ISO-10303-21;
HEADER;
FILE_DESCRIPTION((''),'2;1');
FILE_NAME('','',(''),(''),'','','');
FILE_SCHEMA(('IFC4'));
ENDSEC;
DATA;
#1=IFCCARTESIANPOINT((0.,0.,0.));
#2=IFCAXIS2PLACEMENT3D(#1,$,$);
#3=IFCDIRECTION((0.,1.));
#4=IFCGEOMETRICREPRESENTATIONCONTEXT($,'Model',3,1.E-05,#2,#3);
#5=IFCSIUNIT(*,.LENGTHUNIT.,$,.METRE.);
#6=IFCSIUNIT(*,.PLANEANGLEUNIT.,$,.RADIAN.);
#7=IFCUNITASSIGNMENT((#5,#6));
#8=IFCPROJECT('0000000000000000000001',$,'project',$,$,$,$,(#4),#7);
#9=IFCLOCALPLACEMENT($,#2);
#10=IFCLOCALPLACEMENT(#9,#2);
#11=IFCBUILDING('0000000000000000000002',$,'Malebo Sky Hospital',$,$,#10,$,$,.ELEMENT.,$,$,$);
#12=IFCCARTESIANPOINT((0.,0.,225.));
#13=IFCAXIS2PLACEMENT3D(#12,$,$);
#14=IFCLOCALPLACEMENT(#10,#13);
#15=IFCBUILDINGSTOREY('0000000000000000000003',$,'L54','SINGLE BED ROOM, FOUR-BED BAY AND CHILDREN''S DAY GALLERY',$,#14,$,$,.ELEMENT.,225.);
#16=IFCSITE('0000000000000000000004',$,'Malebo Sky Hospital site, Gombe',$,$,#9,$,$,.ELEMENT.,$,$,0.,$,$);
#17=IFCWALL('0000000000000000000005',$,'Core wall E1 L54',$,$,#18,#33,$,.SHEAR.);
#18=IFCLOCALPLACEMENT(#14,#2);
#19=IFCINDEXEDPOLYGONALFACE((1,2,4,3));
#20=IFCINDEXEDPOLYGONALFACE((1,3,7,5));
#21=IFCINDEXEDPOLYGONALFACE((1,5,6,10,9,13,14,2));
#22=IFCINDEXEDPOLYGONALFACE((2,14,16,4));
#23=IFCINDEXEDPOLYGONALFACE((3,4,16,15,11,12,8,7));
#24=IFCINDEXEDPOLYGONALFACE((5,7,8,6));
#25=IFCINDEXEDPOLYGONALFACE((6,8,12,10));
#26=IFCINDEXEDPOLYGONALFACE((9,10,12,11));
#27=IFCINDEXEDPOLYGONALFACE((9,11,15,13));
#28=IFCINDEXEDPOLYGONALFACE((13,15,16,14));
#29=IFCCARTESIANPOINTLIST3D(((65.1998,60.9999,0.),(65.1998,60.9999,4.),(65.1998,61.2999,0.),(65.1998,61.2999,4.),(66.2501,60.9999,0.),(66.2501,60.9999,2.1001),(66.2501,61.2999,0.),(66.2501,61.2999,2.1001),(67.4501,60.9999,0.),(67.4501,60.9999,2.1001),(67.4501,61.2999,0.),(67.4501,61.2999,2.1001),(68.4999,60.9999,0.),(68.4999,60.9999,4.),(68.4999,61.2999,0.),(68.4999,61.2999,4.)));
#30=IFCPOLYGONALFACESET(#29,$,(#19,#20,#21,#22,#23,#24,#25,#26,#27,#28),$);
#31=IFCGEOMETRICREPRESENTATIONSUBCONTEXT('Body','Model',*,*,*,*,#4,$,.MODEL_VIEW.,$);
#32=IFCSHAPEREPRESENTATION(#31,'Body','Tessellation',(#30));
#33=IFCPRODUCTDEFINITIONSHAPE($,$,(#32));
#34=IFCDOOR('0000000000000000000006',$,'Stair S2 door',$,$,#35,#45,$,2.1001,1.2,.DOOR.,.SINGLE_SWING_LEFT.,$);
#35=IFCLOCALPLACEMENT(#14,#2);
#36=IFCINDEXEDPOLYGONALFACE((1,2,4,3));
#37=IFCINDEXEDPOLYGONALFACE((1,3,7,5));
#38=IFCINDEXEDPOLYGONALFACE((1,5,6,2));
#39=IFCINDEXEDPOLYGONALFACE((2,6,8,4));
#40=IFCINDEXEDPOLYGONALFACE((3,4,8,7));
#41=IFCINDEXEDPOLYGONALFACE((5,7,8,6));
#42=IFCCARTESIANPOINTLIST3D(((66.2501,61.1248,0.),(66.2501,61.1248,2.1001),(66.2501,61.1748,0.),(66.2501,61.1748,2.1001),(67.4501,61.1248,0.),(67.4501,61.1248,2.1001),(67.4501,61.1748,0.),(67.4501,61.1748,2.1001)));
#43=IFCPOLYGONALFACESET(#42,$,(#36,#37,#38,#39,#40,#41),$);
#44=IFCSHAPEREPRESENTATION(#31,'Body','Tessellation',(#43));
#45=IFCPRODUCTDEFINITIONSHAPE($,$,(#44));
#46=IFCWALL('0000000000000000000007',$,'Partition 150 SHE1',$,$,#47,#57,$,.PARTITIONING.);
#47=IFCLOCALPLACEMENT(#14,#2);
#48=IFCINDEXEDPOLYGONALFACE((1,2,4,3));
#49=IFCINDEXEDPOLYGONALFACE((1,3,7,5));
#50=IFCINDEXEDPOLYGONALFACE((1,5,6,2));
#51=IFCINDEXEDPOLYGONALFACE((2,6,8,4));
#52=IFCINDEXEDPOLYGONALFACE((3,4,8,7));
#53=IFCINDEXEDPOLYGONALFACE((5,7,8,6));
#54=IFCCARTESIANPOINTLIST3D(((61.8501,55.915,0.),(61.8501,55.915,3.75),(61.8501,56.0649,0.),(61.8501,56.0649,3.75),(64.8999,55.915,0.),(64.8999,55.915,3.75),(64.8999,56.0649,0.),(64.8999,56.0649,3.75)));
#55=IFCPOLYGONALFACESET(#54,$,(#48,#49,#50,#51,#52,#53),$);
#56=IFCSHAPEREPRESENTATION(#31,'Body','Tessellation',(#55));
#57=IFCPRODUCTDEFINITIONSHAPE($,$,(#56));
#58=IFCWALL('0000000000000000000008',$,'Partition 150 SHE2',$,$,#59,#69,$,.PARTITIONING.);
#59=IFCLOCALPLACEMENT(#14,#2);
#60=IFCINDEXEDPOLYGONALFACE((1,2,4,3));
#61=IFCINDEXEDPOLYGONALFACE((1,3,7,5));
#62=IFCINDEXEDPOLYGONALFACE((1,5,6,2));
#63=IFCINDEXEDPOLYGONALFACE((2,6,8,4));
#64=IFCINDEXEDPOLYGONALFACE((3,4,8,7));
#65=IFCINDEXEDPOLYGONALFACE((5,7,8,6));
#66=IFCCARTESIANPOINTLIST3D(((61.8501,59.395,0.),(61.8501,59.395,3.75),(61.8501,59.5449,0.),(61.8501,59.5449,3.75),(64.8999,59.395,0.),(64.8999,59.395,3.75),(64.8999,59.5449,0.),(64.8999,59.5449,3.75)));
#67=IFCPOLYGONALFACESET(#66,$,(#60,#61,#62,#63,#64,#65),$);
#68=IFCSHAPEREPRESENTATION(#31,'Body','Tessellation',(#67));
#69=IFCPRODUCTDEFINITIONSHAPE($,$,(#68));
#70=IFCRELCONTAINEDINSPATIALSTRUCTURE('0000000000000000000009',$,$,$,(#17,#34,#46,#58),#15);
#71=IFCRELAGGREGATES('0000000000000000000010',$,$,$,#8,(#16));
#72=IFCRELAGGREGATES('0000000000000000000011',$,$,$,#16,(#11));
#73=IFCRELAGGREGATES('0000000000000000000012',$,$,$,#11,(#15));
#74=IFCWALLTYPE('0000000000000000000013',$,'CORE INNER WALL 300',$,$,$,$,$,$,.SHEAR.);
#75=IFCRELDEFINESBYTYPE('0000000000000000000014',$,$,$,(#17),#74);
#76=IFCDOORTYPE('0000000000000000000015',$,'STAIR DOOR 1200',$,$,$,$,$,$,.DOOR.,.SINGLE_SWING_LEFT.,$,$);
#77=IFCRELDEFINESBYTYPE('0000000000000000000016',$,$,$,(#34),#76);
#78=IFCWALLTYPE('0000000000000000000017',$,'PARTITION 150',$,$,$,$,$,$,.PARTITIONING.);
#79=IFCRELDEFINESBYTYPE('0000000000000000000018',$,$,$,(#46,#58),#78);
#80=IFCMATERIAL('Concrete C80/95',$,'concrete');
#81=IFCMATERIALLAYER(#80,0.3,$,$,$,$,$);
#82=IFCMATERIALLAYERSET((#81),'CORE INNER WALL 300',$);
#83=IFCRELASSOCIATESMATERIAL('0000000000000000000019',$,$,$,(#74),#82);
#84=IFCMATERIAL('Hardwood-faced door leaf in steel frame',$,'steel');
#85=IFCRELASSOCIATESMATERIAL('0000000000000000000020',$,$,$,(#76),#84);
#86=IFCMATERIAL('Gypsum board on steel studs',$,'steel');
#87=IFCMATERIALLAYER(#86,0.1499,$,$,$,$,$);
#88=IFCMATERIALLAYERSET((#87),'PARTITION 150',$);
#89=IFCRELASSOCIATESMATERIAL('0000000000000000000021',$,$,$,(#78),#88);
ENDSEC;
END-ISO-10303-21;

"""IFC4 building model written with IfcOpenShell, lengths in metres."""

from ifc_helpers import new_model, si_unit, direction, frame, frame_2d, origin, place, context, subcontext, project, spatial, rectangle, extrude, material, layer, layer_set, type_object, element, fill, save


model = new_model("IFC4")

# Units and contexts
model_context = context("Model", 3, precision=1e-05, world=origin(), true_north=direction((0.0, 1.0)))
body_context = subcontext(model_context, "Body", "Model", "MODEL_VIEW")
ifc_project = project(units=[si_unit("LENGTHUNIT", "METRE"), si_unit("PLANEANGLEUNIT", "RADIAN")], contexts=[model_context])

# Site, building, storey
site_placement = place(None, origin())
site = spatial("IfcSite", under=ifc_project, at=site_placement, Name="Malebo Sky Hospital site, Gombe", CompositionType="ELEMENT", RefElevation=0.0)
building_placement = place(site_placement, origin())
building = spatial("IfcBuilding", under=site, at=building_placement, Name="Malebo Sky Hospital", CompositionType="ELEMENT")
storey_placement = place(building_placement, frame((0.0, 0.0, 225.0)))
storey = spatial("IfcBuildingStorey", under=building, at=storey_placement, Name="L54", Description="SINGLE BED ROOM, FOUR-BED BAY AND CHILDREN'S DAY GALLERY", CompositionType="ELEMENT", Elevation=225.0)

# Shared definitions
ifc_material_1 = material(Name="Concrete C80/95", Category="concrete")
ifc_material_2 = material(Name="Hardwood-faced door leaf in steel frame", Category="steel")

# Shared definitions
ifc_layer_1 = layer(ifc_material_1, 0.3)
ifc_layer_set_1 = layer_set([ifc_layer_1], Name="CORE INNER WALL 300")
wall_type_1 = type_object("IfcWallType", Name="CORE INNER WALL 300", PredefinedType="SHEAR", material=ifc_layer_set_1)

# Wall, opening, door
wall_1_placement = place(storey_placement, frame((65.2, 61.1499, 0.0), z_axis=(0.0, 0.0, 1.0), x_axis=(1.0, 0.0, 0.0)))
wall_1 = element("IfcWall", 1, at=wall_1_placement, inside=storey, type_object=wall_type_1, Name="Core wall E1 L54", PredefinedType="SHEAR", context=body_context, shape_type="SweptSolid", body=[
    extrude(rectangle(XDim=3.3, YDim=0.3, at=frame_2d((1.6499, 0.0))), origin(), (0.0, 0.0, 1.0), 4.0),
])
opening_1_placement = place(wall_1_placement, frame((1.05, 0.0, 0.0)))
opening_1 = element("IfcOpeningElement", 2, at=opening_1_placement, cuts=wall_1, PredefinedType="OPENING", context=body_context, shape_type="SweptSolid", body=[
    extrude(rectangle(XDim=1.2, YDim=2.1001, at=frame_2d((0.6001, 1.05))), frame((0.0, 0.1599, 0.0), z_axis=(0.0, -1.0, 0.0), x_axis=(1.0, 0.0, 0.0)), (0.0, 0.0, 1.0), 0.3201),
])
door_type_1 = type_object("IfcDoorType", Name="STAIR DOOR 1200", OperationType="SINGLE_SWING_LEFT", PredefinedType="DOOR", material=ifc_material_2)
door_1_placement = place(opening_1_placement, origin())
door_1 = element("IfcDoor", 3, at=door_1_placement, inside=storey, type_object=door_type_1, Name="Stair S2 door", OperationType="SINGLE_SWING_LEFT", OverallHeight=2.1001, OverallWidth=1.2, PredefinedType="DOOR", context=body_context, shape_type="SweptSolid", body=[
    extrude(rectangle(XDim=1.2, YDim=2.1001, at=frame_2d((0.6001, 1.05))), frame((0.0, 0.0249, 0.0), z_axis=(0.0, -1.0, 0.0), x_axis=(1.0, 0.0, 0.0)), (0.0, 0.0, 1.0), 0.05),
])
fill(opening_1, door_1)

# Walls
ifc_material_3 = material(Name="Gypsum board on steel studs", Category="steel")
ifc_layer_2 = layer(ifc_material_3, 0.1499)
ifc_layer_set_2 = layer_set([ifc_layer_2], Name="PARTITION 150")
wall_type_2 = type_object("IfcWallType", Name="PARTITION 150", PredefinedType="PARTITIONING", material=ifc_layer_set_2)
for number, where, z_axis, x_axis, name in (
    (4, (61.8501, 55.99, 0.0), (0.0, 0.0, 1.0), (1.0, 0.0, 0.0), "Partition 150 SHE1"),
    (5, (61.8501, 59.47, 0.0), (0.0, 0.0, 1.0), (1.0, 0.0, 0.0), "Partition 150 SHE2"),
):
    element("IfcWall", number, at=place(storey_placement, frame(where, z_axis=z_axis, x_axis=x_axis)), inside=storey, type_object=wall_type_2, Name=name, PredefinedType="PARTITIONING", context=body_context, shape_type="SweptSolid", body=[
        extrude(rectangle(XDim=3.0498, YDim=0.1499, at=frame_2d((1.5249, 0.0))), origin(), (0.0, 0.0, 1.0), 3.75),
    ])

save(model, "model.ifc")
